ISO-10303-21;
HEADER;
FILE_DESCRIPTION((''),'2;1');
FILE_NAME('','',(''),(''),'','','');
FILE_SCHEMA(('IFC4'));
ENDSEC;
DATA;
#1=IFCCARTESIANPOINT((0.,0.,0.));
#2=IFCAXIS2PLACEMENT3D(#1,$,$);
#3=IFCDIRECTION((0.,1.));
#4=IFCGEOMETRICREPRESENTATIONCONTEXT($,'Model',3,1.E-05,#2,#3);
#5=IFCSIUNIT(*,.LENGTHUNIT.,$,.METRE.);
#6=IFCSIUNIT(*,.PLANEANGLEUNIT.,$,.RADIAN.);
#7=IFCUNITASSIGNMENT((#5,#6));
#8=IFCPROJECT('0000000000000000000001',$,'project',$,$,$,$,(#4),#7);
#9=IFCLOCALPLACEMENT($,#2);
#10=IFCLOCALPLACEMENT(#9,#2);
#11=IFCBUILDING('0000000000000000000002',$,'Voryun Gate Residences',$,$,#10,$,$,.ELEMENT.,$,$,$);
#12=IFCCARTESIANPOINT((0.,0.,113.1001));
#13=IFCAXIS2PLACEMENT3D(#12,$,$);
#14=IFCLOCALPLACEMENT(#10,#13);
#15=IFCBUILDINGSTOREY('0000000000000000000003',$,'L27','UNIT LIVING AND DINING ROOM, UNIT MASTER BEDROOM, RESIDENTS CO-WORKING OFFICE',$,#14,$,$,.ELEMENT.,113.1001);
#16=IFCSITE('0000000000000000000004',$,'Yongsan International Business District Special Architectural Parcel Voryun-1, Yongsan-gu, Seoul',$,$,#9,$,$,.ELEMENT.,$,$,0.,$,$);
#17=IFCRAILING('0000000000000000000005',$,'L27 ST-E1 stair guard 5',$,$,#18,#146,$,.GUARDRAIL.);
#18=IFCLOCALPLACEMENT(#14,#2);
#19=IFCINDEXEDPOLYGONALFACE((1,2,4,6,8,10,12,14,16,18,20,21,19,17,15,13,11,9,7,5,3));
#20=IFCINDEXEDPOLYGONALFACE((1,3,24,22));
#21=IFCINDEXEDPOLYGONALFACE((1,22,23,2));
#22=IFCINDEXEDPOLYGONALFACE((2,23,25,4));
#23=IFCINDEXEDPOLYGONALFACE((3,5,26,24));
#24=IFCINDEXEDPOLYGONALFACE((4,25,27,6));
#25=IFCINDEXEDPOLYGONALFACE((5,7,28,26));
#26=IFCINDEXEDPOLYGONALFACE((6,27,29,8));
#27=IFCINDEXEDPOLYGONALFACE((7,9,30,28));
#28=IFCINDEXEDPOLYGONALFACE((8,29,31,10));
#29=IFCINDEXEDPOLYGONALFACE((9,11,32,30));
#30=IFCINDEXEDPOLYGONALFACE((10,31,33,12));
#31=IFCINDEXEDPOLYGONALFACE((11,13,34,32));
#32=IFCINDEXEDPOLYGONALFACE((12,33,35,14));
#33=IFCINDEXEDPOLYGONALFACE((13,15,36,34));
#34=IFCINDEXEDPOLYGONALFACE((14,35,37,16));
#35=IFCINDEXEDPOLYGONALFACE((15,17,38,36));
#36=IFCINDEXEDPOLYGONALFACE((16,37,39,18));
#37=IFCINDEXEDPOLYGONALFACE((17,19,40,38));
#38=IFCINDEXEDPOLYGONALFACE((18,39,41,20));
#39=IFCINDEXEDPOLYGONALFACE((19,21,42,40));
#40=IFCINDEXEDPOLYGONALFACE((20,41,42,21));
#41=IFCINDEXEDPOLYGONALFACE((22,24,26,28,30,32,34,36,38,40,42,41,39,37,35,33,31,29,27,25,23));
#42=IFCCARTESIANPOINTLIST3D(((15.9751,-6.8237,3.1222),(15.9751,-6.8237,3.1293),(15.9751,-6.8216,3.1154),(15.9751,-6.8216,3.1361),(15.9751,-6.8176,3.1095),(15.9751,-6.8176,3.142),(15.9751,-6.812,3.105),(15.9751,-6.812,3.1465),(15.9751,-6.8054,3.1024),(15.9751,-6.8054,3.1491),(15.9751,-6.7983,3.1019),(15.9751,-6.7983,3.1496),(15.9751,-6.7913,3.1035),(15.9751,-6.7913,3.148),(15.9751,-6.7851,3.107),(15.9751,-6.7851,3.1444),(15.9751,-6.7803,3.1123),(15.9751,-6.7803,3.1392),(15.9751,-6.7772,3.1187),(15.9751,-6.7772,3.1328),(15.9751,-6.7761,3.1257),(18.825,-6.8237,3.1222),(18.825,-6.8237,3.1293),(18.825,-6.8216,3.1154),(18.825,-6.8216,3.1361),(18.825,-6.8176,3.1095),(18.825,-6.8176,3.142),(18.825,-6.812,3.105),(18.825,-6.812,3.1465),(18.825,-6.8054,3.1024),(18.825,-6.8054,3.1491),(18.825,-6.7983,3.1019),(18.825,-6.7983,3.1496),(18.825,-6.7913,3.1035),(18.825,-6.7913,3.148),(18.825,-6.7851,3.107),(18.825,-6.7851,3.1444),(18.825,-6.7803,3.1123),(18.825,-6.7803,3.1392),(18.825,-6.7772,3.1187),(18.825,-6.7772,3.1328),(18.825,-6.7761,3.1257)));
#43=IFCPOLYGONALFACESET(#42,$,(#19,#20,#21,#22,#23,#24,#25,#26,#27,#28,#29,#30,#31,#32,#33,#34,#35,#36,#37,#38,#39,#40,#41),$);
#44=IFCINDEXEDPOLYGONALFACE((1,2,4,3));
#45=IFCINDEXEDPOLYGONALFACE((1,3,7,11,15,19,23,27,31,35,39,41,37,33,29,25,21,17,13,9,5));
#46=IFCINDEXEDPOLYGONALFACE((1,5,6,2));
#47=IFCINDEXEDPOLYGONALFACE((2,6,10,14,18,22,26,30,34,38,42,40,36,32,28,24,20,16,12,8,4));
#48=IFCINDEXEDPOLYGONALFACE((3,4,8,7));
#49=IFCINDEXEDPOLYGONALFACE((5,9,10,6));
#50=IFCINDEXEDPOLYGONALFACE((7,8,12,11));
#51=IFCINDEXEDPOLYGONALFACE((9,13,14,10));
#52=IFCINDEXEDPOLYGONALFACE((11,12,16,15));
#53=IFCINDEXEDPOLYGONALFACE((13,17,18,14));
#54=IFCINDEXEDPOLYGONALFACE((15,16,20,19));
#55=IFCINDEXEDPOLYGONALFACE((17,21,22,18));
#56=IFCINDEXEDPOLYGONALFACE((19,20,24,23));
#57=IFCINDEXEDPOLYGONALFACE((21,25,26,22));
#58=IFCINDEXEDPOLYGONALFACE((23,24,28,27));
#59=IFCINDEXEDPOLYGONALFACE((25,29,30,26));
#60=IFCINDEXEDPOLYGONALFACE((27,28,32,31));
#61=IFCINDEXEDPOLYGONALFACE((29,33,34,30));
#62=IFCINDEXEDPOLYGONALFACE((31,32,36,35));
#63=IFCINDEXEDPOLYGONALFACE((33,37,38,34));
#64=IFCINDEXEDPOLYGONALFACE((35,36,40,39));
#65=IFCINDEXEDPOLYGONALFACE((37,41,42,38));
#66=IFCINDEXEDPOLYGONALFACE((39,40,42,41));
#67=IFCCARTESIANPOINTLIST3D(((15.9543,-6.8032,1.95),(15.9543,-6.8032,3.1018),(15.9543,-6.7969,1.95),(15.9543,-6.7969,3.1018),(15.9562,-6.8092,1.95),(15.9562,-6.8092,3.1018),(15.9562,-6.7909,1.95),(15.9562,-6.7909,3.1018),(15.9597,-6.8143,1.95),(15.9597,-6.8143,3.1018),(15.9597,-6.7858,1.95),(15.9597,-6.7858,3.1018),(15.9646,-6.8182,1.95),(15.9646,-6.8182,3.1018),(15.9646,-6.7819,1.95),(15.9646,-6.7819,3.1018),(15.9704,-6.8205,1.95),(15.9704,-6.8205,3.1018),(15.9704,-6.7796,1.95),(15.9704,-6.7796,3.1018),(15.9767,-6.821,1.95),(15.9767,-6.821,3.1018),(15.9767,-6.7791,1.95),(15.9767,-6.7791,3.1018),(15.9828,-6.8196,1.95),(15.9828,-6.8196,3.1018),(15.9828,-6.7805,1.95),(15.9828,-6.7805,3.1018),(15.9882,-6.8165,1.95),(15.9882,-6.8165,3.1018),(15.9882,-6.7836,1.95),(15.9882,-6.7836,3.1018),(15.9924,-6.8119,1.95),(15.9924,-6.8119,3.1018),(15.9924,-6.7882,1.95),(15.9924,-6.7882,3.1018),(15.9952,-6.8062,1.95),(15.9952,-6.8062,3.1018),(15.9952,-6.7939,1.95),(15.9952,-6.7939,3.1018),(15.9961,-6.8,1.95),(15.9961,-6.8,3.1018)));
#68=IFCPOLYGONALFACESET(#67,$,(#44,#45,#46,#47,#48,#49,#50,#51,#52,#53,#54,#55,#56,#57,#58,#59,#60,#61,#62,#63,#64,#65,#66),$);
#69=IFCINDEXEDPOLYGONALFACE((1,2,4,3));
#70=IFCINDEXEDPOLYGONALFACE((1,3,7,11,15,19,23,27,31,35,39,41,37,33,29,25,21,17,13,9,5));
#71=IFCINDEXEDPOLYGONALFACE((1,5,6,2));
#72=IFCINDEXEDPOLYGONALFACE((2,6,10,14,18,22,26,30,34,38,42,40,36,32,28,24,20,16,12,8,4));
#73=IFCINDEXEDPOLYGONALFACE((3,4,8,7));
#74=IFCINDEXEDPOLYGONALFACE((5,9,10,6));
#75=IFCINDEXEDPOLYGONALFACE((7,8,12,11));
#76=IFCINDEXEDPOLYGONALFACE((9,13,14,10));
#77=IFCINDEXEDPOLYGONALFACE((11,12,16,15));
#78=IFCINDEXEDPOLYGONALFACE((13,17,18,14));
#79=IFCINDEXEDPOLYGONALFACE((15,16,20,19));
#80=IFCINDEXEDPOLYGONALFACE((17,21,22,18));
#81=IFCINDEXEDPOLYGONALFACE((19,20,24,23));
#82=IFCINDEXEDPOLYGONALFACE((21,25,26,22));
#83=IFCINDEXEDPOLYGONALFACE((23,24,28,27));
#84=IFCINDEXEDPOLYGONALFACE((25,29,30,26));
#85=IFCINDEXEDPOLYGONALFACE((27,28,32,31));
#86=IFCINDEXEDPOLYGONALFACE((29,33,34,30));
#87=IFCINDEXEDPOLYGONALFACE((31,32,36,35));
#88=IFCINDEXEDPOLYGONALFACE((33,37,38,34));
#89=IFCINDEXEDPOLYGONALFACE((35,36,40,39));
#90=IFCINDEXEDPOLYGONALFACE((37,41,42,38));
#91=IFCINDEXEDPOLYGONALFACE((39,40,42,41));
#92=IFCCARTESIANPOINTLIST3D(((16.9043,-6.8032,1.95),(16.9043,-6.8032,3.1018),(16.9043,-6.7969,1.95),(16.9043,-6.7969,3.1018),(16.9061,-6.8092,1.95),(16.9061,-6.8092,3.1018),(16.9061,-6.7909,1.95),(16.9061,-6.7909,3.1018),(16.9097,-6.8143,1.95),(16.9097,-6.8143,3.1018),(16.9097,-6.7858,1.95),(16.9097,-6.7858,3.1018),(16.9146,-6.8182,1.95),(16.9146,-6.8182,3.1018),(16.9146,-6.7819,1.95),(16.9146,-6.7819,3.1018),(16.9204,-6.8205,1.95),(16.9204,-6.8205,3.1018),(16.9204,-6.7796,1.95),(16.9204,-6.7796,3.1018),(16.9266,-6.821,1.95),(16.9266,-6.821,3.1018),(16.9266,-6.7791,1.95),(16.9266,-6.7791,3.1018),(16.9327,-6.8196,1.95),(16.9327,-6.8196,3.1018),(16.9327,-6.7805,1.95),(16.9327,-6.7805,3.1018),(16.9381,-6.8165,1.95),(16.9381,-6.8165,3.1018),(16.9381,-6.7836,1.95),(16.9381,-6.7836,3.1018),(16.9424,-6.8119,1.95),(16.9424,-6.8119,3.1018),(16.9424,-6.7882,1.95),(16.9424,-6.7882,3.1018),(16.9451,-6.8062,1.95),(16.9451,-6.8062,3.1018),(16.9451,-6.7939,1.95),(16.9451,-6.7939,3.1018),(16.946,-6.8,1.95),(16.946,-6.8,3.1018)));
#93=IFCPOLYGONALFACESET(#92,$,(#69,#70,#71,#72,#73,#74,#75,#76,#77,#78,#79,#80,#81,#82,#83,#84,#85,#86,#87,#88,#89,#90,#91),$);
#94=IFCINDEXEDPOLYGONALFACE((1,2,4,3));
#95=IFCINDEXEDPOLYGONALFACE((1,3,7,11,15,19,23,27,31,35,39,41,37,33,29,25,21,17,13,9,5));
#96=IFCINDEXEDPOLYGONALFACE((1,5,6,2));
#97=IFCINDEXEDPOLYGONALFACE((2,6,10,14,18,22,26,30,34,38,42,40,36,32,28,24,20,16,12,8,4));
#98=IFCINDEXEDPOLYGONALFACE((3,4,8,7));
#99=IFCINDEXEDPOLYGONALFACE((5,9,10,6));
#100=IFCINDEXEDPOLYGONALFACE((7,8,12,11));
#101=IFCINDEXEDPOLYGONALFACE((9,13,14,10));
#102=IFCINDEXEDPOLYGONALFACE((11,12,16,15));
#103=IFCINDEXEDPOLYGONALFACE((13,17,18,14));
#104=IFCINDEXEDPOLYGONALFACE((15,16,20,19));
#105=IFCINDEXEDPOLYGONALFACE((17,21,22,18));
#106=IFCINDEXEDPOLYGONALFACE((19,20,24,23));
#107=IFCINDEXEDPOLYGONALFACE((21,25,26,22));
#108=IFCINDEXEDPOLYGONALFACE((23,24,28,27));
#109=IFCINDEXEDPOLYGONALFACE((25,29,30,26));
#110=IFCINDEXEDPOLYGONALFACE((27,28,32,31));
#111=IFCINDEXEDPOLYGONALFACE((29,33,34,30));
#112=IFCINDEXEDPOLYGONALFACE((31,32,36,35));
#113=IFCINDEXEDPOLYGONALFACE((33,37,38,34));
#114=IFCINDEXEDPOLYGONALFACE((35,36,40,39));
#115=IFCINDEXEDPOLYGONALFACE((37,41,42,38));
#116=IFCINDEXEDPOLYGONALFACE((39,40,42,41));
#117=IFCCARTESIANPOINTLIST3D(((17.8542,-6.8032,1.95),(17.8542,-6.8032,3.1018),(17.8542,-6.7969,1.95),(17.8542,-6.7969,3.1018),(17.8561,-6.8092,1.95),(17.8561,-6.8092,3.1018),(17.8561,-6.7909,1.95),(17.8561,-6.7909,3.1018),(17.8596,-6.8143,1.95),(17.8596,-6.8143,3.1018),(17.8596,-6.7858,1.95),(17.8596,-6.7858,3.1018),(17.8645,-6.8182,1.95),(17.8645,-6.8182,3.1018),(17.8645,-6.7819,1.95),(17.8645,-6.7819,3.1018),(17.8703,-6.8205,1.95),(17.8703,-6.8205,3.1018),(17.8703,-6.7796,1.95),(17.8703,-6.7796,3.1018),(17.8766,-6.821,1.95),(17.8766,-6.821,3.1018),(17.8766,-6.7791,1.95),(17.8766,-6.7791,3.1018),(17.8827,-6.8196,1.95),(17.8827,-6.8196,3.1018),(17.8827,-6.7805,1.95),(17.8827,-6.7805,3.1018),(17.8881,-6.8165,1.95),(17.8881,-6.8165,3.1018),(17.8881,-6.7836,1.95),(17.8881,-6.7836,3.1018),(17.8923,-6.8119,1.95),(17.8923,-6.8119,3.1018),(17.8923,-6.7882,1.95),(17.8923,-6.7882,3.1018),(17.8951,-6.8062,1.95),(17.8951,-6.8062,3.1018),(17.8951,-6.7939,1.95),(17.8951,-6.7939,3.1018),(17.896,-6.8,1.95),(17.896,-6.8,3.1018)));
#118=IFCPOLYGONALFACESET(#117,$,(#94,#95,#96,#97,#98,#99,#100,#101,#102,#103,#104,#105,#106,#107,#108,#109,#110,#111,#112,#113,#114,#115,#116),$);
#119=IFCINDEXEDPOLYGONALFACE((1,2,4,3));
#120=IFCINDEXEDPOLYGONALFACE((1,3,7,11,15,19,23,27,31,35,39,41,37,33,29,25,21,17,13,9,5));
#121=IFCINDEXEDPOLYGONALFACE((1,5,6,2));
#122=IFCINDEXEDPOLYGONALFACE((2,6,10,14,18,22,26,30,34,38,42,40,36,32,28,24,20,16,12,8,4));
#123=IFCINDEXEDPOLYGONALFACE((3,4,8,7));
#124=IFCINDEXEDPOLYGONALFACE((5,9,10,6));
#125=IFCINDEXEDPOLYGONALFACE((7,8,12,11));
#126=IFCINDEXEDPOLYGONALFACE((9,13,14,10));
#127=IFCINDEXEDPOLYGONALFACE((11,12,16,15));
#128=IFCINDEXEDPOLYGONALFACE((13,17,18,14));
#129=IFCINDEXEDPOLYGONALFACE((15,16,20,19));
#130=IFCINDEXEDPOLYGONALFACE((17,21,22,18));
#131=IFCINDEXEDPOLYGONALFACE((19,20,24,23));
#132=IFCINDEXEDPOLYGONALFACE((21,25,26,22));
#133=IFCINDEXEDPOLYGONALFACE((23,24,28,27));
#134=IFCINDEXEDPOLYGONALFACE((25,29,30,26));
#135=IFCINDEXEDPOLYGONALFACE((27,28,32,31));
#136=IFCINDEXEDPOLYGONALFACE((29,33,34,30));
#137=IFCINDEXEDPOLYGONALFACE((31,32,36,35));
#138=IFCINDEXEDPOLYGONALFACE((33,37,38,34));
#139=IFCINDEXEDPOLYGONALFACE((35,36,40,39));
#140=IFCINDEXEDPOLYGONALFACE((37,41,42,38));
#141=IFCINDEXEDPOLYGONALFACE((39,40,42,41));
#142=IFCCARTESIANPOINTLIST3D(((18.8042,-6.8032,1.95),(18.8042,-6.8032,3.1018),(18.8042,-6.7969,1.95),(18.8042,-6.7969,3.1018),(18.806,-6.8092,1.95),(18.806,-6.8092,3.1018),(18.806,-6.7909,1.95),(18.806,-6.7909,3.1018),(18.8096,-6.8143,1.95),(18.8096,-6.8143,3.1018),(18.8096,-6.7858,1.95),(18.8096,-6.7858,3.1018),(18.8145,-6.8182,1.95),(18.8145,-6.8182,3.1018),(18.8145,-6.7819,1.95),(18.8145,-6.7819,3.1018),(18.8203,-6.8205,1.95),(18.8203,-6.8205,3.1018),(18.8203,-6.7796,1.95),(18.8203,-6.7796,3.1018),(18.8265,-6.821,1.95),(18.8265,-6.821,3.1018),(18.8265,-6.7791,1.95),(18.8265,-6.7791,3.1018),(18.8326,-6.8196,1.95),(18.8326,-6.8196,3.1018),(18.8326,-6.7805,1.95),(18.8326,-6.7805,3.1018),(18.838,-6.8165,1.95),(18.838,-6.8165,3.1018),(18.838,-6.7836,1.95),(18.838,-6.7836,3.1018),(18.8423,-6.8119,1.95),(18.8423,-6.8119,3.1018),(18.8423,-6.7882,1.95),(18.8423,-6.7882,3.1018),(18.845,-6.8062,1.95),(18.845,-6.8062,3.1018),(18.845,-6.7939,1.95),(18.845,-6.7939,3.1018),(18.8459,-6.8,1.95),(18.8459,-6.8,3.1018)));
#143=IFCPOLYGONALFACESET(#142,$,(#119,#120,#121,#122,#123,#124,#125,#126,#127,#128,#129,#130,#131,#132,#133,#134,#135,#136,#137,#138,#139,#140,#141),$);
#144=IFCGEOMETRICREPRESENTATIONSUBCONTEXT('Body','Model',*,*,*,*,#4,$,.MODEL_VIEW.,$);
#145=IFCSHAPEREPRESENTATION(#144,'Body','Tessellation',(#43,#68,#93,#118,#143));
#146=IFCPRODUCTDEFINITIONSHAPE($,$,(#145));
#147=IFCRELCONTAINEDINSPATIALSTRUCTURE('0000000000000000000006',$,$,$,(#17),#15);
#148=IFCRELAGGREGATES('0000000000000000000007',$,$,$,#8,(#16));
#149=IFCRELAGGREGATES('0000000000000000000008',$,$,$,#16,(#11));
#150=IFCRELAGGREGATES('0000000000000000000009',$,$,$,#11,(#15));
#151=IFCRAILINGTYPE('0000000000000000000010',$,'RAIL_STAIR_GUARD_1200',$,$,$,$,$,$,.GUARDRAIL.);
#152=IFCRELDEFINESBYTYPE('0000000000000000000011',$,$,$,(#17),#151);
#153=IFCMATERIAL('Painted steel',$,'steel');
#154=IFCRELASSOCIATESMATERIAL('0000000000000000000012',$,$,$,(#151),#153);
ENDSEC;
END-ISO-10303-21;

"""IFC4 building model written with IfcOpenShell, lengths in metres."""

from ifc_helpers import new_model, si_unit, direction, frame, origin, origin_2d, place, context, subcontext, project, spatial, circle, extrude, material, type_object, element, save


model = new_model("IFC4")

# Units and contexts
model_context = context("Model", 3, precision=1e-05, world=origin(), true_north=direction((0.0, 1.0)))
body_context = subcontext(model_context, "Body", "Model", "MODEL_VIEW")
ifc_project = project(units=[si_unit("LENGTHUNIT", "METRE"), si_unit("PLANEANGLEUNIT", "RADIAN")], contexts=[model_context])

# Site, building, storey
site_placement = place(None, origin())
site = spatial("IfcSite", under=ifc_project, at=site_placement, Name="Yongsan International Business District Special Architectural Parcel Voryun-1, Yongsan-gu, Seoul", CompositionType="ELEMENT", RefElevation=0.0)
building_placement = place(site_placement, origin())
building = spatial("IfcBuilding", under=site, at=building_placement, Name="Voryun Gate Residences", CompositionType="ELEMENT")
storey_placement = place(building_placement, frame((0.0, 0.0, 113.1001)))
storey = spatial("IfcBuildingStorey", under=building, at=storey_placement, Name="L27", Description="UNIT LIVING AND DINING ROOM, UNIT MASTER BEDROOM, RESIDENTS CO-WORKING OFFICE", CompositionType="ELEMENT", Elevation=113.1001)

# Railing
ifc_material_1 = material(Name="Painted steel", Category="steel")
railing_type_1 = type_object("IfcRailingType", Name="RAIL_STAIR_GUARD_1200", PredefinedType="GUARDRAIL", material=ifc_material_1)
railing_1_placement = place(storey_placement, frame((15.9751, -6.8, 1.95)))
element("IfcRailing", 1, at=railing_1_placement, inside=storey, type_object=railing_type_1, Name="L27 ST-E1 stair guard 5", PredefinedType="GUARDRAIL", context=body_context, shape_type="SweptSolid", body=[
    extrude(circle(Radius=0.0239, at=origin_2d()), frame((0.0, 0.0, 1.1758), z_axis=(1.0, 0.0, 0.0), x_axis=(0.0, 1.0, 0.0)), (0.0, 0.0, 1.0), 2.8499),
    extrude(circle(Radius=0.021, at=origin_2d()), origin(), (0.0, 0.0, 1.0), 1.1519),
    extrude(circle(Radius=0.021, at=origin_2d()), frame((0.95, 0.0, 0.0)), (0.0, 0.0, 1.0), 1.1519),
    extrude(circle(Radius=0.021, at=origin_2d()), frame((1.8999, 0.0, 0.0)), (0.0, 0.0, 1.0), 1.1519),
    extrude(circle(Radius=0.021, at=origin_2d()), frame((2.8499, 0.0, 0.0)), (0.0, 0.0, 1.0), 1.1519),
])

save(model, "model.ifc")
